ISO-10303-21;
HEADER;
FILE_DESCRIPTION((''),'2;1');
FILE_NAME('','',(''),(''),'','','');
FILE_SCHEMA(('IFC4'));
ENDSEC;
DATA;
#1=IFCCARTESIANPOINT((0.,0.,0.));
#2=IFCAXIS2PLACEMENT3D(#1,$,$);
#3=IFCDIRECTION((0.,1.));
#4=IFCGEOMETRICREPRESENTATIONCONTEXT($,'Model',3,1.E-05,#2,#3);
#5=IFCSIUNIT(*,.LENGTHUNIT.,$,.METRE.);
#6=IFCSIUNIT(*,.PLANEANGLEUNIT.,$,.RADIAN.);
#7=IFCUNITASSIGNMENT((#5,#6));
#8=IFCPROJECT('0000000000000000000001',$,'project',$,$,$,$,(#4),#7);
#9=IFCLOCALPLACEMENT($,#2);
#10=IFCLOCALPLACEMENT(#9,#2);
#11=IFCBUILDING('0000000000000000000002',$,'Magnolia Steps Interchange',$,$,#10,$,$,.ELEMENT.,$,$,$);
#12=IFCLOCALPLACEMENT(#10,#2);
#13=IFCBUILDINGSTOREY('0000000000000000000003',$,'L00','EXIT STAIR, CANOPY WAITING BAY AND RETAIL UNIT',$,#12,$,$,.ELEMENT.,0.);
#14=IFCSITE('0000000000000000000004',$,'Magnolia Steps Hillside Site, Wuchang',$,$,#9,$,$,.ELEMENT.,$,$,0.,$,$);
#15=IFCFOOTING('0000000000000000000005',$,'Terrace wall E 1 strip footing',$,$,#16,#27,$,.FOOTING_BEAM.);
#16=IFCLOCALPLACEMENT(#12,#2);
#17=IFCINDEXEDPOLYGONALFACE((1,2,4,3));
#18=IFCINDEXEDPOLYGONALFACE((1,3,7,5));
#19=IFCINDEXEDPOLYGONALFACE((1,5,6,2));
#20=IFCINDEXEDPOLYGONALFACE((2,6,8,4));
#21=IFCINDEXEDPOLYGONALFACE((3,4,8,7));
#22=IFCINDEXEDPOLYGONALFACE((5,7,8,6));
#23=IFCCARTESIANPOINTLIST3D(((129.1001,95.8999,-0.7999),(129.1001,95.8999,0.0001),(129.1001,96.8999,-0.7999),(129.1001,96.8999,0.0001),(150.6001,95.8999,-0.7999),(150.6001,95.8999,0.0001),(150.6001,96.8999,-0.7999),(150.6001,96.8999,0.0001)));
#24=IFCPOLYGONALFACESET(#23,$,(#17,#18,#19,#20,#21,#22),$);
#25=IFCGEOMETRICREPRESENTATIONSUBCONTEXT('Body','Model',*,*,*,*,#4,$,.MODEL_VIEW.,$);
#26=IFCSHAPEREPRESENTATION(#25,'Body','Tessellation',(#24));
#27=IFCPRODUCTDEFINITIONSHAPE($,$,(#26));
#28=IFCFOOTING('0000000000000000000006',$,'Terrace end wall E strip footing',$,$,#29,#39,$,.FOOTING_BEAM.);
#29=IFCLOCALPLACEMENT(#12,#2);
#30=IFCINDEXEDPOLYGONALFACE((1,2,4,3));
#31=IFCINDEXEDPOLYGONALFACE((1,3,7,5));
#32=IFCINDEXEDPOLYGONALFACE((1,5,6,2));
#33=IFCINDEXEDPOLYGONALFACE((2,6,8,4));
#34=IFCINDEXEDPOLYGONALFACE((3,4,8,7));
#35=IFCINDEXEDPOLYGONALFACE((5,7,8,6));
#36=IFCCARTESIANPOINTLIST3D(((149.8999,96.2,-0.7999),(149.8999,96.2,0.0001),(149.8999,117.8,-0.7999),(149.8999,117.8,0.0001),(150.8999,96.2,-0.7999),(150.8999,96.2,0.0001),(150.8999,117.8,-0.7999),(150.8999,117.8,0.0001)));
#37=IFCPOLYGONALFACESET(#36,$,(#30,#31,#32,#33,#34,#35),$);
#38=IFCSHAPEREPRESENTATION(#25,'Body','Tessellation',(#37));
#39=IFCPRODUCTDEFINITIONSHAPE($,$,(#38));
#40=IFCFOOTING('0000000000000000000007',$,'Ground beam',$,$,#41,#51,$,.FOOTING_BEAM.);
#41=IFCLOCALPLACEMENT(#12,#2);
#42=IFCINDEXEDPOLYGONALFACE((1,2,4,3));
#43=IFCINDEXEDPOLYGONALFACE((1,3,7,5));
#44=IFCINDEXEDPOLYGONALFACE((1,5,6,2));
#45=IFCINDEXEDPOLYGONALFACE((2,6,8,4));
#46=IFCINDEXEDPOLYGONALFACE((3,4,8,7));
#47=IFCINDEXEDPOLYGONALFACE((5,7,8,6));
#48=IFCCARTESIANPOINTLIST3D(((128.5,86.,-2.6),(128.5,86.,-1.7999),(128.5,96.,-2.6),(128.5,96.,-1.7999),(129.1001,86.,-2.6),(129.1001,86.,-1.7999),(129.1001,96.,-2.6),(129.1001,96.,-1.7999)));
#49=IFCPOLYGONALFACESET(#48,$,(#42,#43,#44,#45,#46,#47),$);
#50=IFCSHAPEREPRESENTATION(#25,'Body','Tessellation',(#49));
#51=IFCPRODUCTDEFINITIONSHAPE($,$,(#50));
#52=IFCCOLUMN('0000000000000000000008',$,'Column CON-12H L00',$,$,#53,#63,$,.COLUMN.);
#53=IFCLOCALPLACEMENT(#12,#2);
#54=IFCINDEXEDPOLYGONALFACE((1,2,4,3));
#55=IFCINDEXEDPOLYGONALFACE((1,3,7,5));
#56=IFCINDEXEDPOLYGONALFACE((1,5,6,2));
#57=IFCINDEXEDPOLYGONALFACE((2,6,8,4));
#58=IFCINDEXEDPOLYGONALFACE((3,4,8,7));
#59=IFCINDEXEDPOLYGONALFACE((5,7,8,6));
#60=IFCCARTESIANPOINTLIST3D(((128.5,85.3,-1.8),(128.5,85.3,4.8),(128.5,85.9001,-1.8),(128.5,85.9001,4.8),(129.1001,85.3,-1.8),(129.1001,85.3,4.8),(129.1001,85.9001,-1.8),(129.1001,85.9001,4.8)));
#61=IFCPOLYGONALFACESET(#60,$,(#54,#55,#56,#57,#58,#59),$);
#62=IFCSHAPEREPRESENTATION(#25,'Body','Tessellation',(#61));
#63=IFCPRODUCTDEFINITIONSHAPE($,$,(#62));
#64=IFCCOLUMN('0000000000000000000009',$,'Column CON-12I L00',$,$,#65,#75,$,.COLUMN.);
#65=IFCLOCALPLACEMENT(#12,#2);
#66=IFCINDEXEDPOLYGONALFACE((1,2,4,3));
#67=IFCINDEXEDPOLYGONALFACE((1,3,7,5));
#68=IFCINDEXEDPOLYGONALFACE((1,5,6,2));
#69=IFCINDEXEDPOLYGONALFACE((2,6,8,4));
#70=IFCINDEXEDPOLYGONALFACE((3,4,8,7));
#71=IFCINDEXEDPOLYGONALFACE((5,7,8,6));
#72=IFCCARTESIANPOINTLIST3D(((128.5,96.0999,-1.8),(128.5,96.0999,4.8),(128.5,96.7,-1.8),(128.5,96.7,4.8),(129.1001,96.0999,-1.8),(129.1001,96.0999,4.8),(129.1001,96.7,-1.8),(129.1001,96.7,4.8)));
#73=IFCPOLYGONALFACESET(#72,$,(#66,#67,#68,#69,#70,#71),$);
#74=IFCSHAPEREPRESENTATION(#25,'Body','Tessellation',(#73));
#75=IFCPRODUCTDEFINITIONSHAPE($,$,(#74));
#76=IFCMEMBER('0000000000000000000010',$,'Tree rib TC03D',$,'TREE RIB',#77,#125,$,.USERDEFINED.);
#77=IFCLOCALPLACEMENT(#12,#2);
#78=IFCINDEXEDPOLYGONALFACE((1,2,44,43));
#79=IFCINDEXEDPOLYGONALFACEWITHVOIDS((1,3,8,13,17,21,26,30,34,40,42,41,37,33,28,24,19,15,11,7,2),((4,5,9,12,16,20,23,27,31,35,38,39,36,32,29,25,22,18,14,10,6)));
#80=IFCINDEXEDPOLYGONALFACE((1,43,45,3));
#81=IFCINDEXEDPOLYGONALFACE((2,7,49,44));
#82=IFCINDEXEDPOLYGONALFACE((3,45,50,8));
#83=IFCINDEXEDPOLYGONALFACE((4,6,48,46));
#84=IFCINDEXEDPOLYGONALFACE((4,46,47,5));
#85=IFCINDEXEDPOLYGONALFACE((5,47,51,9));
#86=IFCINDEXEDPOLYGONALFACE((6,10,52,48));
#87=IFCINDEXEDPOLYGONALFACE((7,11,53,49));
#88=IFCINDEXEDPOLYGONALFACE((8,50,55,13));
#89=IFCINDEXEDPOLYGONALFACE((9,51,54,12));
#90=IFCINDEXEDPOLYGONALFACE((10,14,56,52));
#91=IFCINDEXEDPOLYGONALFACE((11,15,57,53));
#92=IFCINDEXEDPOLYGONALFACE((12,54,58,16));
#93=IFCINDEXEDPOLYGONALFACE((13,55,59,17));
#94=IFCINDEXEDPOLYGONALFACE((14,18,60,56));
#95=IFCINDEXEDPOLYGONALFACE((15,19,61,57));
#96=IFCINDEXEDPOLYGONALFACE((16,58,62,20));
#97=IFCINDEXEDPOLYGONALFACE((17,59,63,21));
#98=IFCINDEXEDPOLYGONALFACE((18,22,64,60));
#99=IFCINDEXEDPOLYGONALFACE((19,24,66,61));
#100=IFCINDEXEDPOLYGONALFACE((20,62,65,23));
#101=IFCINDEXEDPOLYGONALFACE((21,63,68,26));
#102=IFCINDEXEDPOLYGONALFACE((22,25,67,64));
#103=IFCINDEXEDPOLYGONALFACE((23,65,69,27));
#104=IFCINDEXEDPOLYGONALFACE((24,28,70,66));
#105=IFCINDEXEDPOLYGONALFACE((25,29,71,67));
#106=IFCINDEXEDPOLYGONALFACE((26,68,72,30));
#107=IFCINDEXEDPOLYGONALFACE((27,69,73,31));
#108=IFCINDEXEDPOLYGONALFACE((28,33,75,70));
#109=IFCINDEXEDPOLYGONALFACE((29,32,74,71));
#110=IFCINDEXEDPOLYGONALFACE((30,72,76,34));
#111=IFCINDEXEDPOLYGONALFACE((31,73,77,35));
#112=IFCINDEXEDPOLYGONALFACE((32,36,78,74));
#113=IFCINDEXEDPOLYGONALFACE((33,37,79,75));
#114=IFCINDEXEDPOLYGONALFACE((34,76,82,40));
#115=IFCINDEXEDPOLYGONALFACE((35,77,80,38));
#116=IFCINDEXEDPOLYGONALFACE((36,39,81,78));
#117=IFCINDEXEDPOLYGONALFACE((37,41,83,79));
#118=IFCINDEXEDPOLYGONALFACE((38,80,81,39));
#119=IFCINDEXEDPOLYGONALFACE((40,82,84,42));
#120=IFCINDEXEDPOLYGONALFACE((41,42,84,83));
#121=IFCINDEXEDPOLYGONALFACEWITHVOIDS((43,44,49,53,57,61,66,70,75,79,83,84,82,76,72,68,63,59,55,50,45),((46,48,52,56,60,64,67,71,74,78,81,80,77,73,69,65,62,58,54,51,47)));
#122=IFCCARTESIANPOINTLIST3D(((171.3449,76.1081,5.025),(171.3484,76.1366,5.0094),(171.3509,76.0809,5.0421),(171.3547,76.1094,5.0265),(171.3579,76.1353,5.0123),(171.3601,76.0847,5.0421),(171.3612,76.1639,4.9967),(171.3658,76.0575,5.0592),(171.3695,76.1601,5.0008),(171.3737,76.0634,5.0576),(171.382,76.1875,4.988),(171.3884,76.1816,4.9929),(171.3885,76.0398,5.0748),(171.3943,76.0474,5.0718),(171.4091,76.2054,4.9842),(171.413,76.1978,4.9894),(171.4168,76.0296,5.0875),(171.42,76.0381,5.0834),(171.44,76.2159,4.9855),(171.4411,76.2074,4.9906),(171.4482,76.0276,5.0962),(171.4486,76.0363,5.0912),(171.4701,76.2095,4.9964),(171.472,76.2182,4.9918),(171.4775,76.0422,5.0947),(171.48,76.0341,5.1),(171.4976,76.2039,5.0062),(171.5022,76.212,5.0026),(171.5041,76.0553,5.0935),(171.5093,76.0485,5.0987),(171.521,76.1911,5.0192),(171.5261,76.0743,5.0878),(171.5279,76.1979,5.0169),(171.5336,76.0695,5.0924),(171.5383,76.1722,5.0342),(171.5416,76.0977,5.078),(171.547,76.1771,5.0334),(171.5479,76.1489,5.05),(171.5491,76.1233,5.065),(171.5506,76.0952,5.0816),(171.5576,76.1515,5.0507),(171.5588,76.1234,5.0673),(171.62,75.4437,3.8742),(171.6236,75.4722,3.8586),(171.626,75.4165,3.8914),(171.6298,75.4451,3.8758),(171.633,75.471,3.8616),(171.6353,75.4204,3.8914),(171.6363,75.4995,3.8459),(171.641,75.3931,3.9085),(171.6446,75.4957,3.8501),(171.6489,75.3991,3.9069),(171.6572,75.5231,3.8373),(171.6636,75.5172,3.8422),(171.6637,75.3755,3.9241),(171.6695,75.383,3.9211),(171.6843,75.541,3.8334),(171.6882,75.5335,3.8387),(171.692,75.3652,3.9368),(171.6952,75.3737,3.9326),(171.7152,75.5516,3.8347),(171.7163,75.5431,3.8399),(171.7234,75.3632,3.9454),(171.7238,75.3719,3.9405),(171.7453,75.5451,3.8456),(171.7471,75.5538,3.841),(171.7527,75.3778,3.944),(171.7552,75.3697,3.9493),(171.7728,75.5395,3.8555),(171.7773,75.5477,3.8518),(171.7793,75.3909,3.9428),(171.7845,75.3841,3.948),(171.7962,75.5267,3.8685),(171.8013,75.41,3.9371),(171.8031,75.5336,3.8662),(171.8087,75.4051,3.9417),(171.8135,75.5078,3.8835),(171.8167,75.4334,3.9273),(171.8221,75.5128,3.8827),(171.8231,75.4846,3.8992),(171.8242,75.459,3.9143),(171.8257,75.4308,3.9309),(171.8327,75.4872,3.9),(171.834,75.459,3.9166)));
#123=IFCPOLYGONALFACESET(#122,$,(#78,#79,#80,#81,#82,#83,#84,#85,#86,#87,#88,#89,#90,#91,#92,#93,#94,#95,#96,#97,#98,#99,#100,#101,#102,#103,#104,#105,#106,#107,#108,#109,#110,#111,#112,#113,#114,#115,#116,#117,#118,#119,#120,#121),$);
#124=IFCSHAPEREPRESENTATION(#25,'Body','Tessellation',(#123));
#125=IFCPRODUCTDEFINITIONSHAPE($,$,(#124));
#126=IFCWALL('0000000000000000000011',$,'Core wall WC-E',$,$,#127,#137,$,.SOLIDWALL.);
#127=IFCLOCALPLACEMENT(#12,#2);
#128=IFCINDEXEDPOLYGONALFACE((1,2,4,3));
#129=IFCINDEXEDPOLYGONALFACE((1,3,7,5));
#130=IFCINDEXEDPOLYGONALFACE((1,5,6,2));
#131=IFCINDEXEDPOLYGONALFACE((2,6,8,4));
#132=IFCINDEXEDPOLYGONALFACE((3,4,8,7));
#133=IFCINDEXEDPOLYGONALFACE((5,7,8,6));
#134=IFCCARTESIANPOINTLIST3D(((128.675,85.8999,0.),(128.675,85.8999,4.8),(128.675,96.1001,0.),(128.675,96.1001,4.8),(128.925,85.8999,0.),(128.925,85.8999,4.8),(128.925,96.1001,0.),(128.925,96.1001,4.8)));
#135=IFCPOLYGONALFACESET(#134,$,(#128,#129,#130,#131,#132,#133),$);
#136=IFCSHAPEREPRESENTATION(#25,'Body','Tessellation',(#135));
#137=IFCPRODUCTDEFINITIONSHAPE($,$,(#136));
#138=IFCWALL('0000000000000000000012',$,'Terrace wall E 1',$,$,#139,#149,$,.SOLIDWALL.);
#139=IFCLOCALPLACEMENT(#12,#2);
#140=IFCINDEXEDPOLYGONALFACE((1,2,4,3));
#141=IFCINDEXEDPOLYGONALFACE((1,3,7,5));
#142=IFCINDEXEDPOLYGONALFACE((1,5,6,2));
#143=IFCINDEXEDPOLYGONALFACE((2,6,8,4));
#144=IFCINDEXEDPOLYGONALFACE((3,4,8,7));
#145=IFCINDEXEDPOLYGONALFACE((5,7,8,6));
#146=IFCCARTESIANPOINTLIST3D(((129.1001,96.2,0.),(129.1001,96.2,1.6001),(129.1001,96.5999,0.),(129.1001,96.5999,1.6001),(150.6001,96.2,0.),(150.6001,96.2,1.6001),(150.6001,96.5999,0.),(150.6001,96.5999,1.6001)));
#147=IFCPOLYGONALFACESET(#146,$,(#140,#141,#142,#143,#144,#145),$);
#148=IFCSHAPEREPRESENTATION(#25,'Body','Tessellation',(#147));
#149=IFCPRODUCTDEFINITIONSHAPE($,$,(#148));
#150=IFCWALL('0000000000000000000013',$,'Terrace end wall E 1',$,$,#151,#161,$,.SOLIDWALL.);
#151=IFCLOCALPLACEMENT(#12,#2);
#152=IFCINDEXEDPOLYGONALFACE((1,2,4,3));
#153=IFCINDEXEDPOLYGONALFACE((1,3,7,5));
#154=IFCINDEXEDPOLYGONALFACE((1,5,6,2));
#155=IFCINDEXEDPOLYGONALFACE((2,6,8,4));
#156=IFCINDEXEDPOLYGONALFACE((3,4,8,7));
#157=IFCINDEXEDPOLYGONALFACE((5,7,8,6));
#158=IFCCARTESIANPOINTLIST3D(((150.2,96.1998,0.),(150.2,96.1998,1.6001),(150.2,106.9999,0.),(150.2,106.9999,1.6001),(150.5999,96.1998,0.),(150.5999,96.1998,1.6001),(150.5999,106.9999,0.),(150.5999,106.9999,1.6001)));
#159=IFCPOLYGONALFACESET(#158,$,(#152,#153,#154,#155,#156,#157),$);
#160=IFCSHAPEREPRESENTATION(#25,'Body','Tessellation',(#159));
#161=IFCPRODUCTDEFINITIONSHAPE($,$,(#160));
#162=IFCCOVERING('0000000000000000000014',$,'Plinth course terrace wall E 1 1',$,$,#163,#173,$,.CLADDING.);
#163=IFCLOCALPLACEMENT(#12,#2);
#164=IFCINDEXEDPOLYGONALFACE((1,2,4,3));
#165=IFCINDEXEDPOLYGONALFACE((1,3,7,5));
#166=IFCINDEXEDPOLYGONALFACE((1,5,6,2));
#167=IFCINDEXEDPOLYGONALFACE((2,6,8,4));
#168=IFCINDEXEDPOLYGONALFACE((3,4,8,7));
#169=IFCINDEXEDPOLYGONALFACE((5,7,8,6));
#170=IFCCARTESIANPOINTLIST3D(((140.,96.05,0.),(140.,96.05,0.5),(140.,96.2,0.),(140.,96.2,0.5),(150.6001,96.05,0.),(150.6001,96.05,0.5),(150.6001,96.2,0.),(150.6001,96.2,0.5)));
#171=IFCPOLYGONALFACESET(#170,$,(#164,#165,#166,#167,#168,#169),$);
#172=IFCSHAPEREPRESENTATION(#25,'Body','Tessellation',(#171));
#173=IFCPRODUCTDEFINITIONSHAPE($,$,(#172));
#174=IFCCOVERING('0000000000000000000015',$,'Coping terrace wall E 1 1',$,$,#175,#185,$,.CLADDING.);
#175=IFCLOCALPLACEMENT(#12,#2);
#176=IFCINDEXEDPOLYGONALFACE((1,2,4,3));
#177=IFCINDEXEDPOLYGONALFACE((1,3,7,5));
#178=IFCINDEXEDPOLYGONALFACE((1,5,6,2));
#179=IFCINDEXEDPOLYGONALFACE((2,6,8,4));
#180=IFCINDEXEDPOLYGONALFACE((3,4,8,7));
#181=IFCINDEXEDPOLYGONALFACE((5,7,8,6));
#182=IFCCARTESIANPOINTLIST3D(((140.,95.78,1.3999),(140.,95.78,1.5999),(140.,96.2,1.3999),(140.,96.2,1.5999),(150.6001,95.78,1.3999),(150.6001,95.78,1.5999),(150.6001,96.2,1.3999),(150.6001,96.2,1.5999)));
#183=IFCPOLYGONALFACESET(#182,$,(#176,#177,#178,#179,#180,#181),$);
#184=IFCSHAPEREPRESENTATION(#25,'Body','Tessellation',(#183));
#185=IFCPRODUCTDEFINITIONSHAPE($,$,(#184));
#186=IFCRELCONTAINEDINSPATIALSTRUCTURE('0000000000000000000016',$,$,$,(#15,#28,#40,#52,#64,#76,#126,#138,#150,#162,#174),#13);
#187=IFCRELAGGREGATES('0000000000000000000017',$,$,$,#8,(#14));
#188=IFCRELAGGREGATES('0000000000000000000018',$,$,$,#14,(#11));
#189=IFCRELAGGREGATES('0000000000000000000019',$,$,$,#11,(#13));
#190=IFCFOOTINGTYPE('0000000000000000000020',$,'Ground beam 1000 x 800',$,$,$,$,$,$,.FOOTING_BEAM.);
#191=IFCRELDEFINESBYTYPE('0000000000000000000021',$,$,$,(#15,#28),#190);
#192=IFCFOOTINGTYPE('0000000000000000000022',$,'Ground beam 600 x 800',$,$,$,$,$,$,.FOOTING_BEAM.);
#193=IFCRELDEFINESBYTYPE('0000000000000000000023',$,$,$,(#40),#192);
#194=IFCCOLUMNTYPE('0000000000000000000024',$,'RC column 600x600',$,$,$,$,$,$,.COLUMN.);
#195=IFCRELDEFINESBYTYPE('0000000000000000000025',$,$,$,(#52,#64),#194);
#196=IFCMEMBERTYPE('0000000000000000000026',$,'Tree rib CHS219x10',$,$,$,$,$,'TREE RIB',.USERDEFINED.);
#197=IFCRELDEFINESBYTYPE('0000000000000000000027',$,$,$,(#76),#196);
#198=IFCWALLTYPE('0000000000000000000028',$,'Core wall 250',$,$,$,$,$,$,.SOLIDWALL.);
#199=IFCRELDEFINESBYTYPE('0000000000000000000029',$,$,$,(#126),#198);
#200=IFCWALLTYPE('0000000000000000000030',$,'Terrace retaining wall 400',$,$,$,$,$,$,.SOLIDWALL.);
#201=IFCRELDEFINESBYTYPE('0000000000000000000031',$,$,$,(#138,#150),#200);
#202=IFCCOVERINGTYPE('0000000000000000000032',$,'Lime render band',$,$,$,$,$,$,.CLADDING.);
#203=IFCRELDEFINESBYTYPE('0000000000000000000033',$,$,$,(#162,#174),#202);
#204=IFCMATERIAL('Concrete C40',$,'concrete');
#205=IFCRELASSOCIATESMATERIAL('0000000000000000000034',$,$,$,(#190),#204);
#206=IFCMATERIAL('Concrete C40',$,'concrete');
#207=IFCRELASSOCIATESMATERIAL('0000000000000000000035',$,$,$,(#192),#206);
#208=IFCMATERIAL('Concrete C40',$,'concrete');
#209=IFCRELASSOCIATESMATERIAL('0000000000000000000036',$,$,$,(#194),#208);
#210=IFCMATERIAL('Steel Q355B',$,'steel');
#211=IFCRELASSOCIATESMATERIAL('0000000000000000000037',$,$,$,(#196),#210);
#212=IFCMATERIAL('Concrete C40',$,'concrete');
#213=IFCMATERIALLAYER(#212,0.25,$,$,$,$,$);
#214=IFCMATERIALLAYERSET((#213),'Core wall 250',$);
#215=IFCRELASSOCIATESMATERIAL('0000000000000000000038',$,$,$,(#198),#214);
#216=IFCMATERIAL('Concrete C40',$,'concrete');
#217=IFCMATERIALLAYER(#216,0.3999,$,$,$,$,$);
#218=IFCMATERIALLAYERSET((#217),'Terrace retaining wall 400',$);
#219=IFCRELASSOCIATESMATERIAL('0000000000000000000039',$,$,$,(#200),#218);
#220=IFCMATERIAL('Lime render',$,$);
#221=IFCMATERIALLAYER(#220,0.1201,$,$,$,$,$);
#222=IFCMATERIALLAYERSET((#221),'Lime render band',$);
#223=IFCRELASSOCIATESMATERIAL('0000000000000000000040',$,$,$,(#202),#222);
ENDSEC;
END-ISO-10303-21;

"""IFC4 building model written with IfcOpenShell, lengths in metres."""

from ifc_helpers import new_model, si_unit, direction, frame, frame_2d, origin, origin_2d, place, context, subcontext, project, spatial, rectangle, hollow_circle, extrude, material, layer, layer_set, material_profile, profile_set, type_object, element, save


model = new_model("IFC4")

# Units and contexts
model_context = context("Model", 3, precision=1e-05, world=origin(), true_north=direction((0.0, 1.0)))
body_context = subcontext(model_context, "Body", "Model", "MODEL_VIEW")
ifc_project = project(units=[si_unit("LENGTHUNIT", "METRE"), si_unit("PLANEANGLEUNIT", "RADIAN")], contexts=[model_context])

# Site, building, storey
site_placement = place(None, origin())
site = spatial("IfcSite", under=ifc_project, at=site_placement, Name="Magnolia Steps Hillside Site, Wuchang", CompositionType="ELEMENT", RefElevation=0.0)
building_placement = place(site_placement, origin())
building = spatial("IfcBuilding", under=site, at=building_placement, Name="Magnolia Steps Interchange", CompositionType="ELEMENT")
storey_placement = place(building_placement, origin())
storey = spatial("IfcBuildingStorey", under=building, at=storey_placement, Name="L00", Description="EXIT STAIR, CANOPY WAITING BAY AND RETAIL UNIT", CompositionType="ELEMENT", Elevation=0.0)

# Footings
ifc_material_1 = material(Name="Concrete C40", Category="concrete")
ifc_material_profile_1 = material_profile(ifc_material_1, rectangle(XDim=1.0, YDim=0.8, at=origin_2d()), Name="RC1000x800")
ifc_profile_set_1 = profile_set([ifc_material_profile_1], Name="Concrete C40")
footing_type_1 = type_object("IfcFootingType", Name="Ground beam 1000 x 800", PredefinedType="FOOTING_BEAM", material=ifc_profile_set_1)
footing_1_placement = place(storey_placement, frame((150.6001, 96.3999, -0.3999), z_axis=(-1.0, 0.0, 0.0), x_axis=(0.0, -1.0, 0.0)))
element("IfcFooting", 1, at=footing_1_placement, inside=storey, type_object=footing_type_1, Name="Terrace wall E 1 strip footing", PredefinedType="FOOTING_BEAM", context=body_context, shape_type="SweptSolid", body=[
    extrude(rectangle(XDim=1.0, YDim=0.8, at=origin_2d()), origin(), (0.0, 0.0, 1.0), 21.5),
])
footing_2_placement = place(storey_placement, frame((150.3999, 96.2, -0.3999), z_axis=(0.0, 1.0, 0.0), x_axis=(-1.0, 0.0, 0.0)))
element("IfcFooting", 2, at=footing_2_placement, inside=storey, type_object=footing_type_1, Name="Terrace end wall E strip footing", PredefinedType="FOOTING_BEAM", context=body_context, shape_type="SweptSolid", body=[
    extrude(rectangle(XDim=1.0, YDim=0.8, at=origin_2d()), origin(), (0.0, 0.0, 1.0), 21.6001),
])
ifc_material_2 = material(Name="Concrete C40", Category="concrete")
ifc_material_profile_2 = material_profile(ifc_material_2, rectangle(XDim=0.6001, YDim=0.8, at=origin_2d()), Name="RC600x800")
ifc_profile_set_2 = profile_set([ifc_material_profile_2], Name="Concrete C40")
footing_type_2 = type_object("IfcFootingType", Name="Ground beam 600 x 800", PredefinedType="FOOTING_BEAM", material=ifc_profile_set_2)
footing_3_placement = place(storey_placement, frame((128.8, 86.0, -2.2), z_axis=(0.0, 1.0, 0.0), x_axis=(-1.0, 0.0, 0.0)))
element("IfcFooting", 3, at=footing_3_placement, inside=storey, type_object=footing_type_2, Name="Ground beam", PredefinedType="FOOTING_BEAM", context=body_context, shape_type="SweptSolid", body=[
    extrude(rectangle(XDim=0.6001, YDim=0.8, at=origin_2d()), origin(), (0.0, 0.0, 1.0), 10.0),
])

# Columns
ifc_material_3 = material(Name="Concrete C40", Category="concrete")
ifc_material_profile_3 = material_profile(ifc_material_3, rectangle(XDim=0.6001, YDim=0.6001, at=origin_2d()), Name="RC600x600")
ifc_profile_set_3 = profile_set([ifc_material_profile_3], Name="Concrete C40")
column_type = type_object("IfcColumnType", Name="RC column 600x600", PredefinedType="COLUMN", material=ifc_profile_set_3)
for number, where, z_axis, x_axis, name in (
    (4, (128.8, 85.6001, -1.8), (0.0, 0.0, 1.0), (1.0, 0.0, 0.0), "Column CON-12H L00"),
    (5, (128.8, 96.3999, -1.8), (0.0, 0.0, 1.0), (1.0, 0.0, 0.0), "Column CON-12I L00"),
):
    element("IfcColumn", number, at=place(storey_placement, frame(where, z_axis=z_axis, x_axis=x_axis)), inside=storey, type_object=column_type, Name=name, PredefinedType="COLUMN", context=body_context, shape_type="SweptSolid", body=[
        extrude(rectangle(XDim=0.6001, YDim=0.6001, at=origin_2d()), origin(), (0.0, 0.0, 1.0), 6.6001),
    ])

# Member
ifc_material_4 = material(Name="Steel Q355B", Category="steel")
ifc_material_profile_4 = material_profile(ifc_material_4, hollow_circle(Radius=0.1096, WallThickness=0.01, at=origin_2d()), Name="CHS219x10")
ifc_profile_set_4 = profile_set([ifc_material_profile_4], Name="Steel Q355B")
member_type = type_object("IfcMemberType", Name="Tree rib CHS219x10", ElementType="TREE RIB", PredefinedType="USERDEFINED", material=ifc_profile_set_4)
member_placement = place(storey_placement, frame((171.7273, 75.4585, 3.8914), z_axis=(-0.202787, 0.489604, 0.848036), x_axis=(-0.923889, -0.382662, 0.0)))
element("IfcMember", 6, at=member_placement, inside=storey, type_object=member_type, Name="Tree rib TC03D", ObjectType="TREE RIB", PredefinedType="USERDEFINED", context=body_context, shape_type="SweptSolid", body=[
    extrude(hollow_circle(Radius=0.1096, WallThickness=0.01, at=origin_2d()), origin(), (0.0, 0.0, 1.0), 1.3569),
])

# Walls
ifc_material_5 = material(Name="Concrete C40", Category="concrete")
ifc_layer_1 = layer(ifc_material_5, 0.25)
ifc_layer_set_1 = layer_set([ifc_layer_1], Name="Core wall 250")
wall_type_1 = type_object("IfcWallType", Name="Core wall 250", PredefinedType="SOLIDWALL", material=ifc_layer_set_1)
wall_1_placement = place(storey_placement, frame((128.8, 85.8999, 0.0), z_axis=(0.0, 0.0, 1.0), x_axis=(0.0, 1.0, 0.0)))
element("IfcWall", 7, at=wall_1_placement, inside=storey, type_object=wall_type_1, Name="Core wall WC-E", PredefinedType="SOLIDWALL", context=body_context, shape_type="SweptSolid", body=[
    extrude(rectangle(XDim=10.2002, YDim=0.25, at=frame_2d((5.1001, 0.0))), origin(), (0.0, 0.0, 1.0), 4.8),
])
ifc_material_6 = material(Name="Concrete C40", Category="concrete")
ifc_layer_2 = layer(ifc_material_6, 0.3999)
ifc_layer_set_2 = layer_set([ifc_layer_2], Name="Terrace retaining wall 400")
wall_type_2 = type_object("IfcWallType", Name="Terrace retaining wall 400", PredefinedType="SOLIDWALL", material=ifc_layer_set_2)
wall_2_placement = place(storey_placement, frame((150.6001, 96.3999, 0.0), z_axis=(0.0, 0.0, 1.0), x_axis=(-1.0, 0.0, 0.0)))
element("IfcWall", 8, at=wall_2_placement, inside=storey, type_object=wall_type_2, Name="Terrace wall E 1", PredefinedType="SOLIDWALL", context=body_context, shape_type="SweptSolid", body=[
    extrude(rectangle(XDim=21.5, YDim=0.3999, at=frame_2d((10.75, 0.0))), origin(), (0.0, 0.0, 1.0), 1.6001),
])
wall_3_placement = place(storey_placement, frame((150.3999, 96.2, 0.0), z_axis=(0.0, 0.0, 1.0), x_axis=(0.0, 1.0, 0.0)))
element("IfcWall", 9, at=wall_3_placement, inside=storey, type_object=wall_type_2, Name="Terrace end wall E 1", PredefinedType="SOLIDWALL", context=body_context, shape_type="SweptSolid", body=[
    extrude(rectangle(XDim=10.8, YDim=0.3999, at=frame_2d((5.3999, 0.0))), origin(), (0.0, 0.0, 1.0), 1.6001),
])

# Coverings
ifc_material_7 = material(Name="Lime render")
ifc_layer_3 = layer(ifc_material_7, 0.1201)
ifc_layer_set_3 = layer_set([ifc_layer_3], Name="Lime render band")
covering_type_1 = type_object("IfcCoveringType", Name="Lime render band", PredefinedType="CLADDING", material=ifc_layer_set_3)
covering_1_placement = place(storey_placement, frame((145.3, 96.125, 0.0), z_axis=(0.0, 0.0, 1.0), x_axis=(1.0, 0.0, 0.0)))
element("IfcCovering", 10, at=covering_1_placement, inside=storey, type_object=covering_type_1, Name="Plinth course terrace wall E 1 1", PredefinedType="CLADDING", context=body_context, shape_type="SweptSolid", body=[
    extrude(rectangle(XDim=10.6001, YDim=0.1499, at=origin_2d()), origin(), (0.0, 0.0, 1.0), 0.5),
])
covering_2_placement = place(storey_placement, frame((145.3, 95.99, 1.3999), z_axis=(0.0, 0.0, 1.0), x_axis=(1.0, 0.0, 0.0)))
element("IfcCovering", 11, at=covering_2_placement, inside=storey, type_object=covering_type_1, Name="Coping terrace wall E 1 1", PredefinedType="CLADDING", context=body_context, shape_type="SweptSolid", body=[
    extrude(rectangle(XDim=10.6001, YDim=0.4199, at=origin_2d()), origin(), (0.0, 0.0, 1.0), 0.2),
])

save(model, "model.ifc")
